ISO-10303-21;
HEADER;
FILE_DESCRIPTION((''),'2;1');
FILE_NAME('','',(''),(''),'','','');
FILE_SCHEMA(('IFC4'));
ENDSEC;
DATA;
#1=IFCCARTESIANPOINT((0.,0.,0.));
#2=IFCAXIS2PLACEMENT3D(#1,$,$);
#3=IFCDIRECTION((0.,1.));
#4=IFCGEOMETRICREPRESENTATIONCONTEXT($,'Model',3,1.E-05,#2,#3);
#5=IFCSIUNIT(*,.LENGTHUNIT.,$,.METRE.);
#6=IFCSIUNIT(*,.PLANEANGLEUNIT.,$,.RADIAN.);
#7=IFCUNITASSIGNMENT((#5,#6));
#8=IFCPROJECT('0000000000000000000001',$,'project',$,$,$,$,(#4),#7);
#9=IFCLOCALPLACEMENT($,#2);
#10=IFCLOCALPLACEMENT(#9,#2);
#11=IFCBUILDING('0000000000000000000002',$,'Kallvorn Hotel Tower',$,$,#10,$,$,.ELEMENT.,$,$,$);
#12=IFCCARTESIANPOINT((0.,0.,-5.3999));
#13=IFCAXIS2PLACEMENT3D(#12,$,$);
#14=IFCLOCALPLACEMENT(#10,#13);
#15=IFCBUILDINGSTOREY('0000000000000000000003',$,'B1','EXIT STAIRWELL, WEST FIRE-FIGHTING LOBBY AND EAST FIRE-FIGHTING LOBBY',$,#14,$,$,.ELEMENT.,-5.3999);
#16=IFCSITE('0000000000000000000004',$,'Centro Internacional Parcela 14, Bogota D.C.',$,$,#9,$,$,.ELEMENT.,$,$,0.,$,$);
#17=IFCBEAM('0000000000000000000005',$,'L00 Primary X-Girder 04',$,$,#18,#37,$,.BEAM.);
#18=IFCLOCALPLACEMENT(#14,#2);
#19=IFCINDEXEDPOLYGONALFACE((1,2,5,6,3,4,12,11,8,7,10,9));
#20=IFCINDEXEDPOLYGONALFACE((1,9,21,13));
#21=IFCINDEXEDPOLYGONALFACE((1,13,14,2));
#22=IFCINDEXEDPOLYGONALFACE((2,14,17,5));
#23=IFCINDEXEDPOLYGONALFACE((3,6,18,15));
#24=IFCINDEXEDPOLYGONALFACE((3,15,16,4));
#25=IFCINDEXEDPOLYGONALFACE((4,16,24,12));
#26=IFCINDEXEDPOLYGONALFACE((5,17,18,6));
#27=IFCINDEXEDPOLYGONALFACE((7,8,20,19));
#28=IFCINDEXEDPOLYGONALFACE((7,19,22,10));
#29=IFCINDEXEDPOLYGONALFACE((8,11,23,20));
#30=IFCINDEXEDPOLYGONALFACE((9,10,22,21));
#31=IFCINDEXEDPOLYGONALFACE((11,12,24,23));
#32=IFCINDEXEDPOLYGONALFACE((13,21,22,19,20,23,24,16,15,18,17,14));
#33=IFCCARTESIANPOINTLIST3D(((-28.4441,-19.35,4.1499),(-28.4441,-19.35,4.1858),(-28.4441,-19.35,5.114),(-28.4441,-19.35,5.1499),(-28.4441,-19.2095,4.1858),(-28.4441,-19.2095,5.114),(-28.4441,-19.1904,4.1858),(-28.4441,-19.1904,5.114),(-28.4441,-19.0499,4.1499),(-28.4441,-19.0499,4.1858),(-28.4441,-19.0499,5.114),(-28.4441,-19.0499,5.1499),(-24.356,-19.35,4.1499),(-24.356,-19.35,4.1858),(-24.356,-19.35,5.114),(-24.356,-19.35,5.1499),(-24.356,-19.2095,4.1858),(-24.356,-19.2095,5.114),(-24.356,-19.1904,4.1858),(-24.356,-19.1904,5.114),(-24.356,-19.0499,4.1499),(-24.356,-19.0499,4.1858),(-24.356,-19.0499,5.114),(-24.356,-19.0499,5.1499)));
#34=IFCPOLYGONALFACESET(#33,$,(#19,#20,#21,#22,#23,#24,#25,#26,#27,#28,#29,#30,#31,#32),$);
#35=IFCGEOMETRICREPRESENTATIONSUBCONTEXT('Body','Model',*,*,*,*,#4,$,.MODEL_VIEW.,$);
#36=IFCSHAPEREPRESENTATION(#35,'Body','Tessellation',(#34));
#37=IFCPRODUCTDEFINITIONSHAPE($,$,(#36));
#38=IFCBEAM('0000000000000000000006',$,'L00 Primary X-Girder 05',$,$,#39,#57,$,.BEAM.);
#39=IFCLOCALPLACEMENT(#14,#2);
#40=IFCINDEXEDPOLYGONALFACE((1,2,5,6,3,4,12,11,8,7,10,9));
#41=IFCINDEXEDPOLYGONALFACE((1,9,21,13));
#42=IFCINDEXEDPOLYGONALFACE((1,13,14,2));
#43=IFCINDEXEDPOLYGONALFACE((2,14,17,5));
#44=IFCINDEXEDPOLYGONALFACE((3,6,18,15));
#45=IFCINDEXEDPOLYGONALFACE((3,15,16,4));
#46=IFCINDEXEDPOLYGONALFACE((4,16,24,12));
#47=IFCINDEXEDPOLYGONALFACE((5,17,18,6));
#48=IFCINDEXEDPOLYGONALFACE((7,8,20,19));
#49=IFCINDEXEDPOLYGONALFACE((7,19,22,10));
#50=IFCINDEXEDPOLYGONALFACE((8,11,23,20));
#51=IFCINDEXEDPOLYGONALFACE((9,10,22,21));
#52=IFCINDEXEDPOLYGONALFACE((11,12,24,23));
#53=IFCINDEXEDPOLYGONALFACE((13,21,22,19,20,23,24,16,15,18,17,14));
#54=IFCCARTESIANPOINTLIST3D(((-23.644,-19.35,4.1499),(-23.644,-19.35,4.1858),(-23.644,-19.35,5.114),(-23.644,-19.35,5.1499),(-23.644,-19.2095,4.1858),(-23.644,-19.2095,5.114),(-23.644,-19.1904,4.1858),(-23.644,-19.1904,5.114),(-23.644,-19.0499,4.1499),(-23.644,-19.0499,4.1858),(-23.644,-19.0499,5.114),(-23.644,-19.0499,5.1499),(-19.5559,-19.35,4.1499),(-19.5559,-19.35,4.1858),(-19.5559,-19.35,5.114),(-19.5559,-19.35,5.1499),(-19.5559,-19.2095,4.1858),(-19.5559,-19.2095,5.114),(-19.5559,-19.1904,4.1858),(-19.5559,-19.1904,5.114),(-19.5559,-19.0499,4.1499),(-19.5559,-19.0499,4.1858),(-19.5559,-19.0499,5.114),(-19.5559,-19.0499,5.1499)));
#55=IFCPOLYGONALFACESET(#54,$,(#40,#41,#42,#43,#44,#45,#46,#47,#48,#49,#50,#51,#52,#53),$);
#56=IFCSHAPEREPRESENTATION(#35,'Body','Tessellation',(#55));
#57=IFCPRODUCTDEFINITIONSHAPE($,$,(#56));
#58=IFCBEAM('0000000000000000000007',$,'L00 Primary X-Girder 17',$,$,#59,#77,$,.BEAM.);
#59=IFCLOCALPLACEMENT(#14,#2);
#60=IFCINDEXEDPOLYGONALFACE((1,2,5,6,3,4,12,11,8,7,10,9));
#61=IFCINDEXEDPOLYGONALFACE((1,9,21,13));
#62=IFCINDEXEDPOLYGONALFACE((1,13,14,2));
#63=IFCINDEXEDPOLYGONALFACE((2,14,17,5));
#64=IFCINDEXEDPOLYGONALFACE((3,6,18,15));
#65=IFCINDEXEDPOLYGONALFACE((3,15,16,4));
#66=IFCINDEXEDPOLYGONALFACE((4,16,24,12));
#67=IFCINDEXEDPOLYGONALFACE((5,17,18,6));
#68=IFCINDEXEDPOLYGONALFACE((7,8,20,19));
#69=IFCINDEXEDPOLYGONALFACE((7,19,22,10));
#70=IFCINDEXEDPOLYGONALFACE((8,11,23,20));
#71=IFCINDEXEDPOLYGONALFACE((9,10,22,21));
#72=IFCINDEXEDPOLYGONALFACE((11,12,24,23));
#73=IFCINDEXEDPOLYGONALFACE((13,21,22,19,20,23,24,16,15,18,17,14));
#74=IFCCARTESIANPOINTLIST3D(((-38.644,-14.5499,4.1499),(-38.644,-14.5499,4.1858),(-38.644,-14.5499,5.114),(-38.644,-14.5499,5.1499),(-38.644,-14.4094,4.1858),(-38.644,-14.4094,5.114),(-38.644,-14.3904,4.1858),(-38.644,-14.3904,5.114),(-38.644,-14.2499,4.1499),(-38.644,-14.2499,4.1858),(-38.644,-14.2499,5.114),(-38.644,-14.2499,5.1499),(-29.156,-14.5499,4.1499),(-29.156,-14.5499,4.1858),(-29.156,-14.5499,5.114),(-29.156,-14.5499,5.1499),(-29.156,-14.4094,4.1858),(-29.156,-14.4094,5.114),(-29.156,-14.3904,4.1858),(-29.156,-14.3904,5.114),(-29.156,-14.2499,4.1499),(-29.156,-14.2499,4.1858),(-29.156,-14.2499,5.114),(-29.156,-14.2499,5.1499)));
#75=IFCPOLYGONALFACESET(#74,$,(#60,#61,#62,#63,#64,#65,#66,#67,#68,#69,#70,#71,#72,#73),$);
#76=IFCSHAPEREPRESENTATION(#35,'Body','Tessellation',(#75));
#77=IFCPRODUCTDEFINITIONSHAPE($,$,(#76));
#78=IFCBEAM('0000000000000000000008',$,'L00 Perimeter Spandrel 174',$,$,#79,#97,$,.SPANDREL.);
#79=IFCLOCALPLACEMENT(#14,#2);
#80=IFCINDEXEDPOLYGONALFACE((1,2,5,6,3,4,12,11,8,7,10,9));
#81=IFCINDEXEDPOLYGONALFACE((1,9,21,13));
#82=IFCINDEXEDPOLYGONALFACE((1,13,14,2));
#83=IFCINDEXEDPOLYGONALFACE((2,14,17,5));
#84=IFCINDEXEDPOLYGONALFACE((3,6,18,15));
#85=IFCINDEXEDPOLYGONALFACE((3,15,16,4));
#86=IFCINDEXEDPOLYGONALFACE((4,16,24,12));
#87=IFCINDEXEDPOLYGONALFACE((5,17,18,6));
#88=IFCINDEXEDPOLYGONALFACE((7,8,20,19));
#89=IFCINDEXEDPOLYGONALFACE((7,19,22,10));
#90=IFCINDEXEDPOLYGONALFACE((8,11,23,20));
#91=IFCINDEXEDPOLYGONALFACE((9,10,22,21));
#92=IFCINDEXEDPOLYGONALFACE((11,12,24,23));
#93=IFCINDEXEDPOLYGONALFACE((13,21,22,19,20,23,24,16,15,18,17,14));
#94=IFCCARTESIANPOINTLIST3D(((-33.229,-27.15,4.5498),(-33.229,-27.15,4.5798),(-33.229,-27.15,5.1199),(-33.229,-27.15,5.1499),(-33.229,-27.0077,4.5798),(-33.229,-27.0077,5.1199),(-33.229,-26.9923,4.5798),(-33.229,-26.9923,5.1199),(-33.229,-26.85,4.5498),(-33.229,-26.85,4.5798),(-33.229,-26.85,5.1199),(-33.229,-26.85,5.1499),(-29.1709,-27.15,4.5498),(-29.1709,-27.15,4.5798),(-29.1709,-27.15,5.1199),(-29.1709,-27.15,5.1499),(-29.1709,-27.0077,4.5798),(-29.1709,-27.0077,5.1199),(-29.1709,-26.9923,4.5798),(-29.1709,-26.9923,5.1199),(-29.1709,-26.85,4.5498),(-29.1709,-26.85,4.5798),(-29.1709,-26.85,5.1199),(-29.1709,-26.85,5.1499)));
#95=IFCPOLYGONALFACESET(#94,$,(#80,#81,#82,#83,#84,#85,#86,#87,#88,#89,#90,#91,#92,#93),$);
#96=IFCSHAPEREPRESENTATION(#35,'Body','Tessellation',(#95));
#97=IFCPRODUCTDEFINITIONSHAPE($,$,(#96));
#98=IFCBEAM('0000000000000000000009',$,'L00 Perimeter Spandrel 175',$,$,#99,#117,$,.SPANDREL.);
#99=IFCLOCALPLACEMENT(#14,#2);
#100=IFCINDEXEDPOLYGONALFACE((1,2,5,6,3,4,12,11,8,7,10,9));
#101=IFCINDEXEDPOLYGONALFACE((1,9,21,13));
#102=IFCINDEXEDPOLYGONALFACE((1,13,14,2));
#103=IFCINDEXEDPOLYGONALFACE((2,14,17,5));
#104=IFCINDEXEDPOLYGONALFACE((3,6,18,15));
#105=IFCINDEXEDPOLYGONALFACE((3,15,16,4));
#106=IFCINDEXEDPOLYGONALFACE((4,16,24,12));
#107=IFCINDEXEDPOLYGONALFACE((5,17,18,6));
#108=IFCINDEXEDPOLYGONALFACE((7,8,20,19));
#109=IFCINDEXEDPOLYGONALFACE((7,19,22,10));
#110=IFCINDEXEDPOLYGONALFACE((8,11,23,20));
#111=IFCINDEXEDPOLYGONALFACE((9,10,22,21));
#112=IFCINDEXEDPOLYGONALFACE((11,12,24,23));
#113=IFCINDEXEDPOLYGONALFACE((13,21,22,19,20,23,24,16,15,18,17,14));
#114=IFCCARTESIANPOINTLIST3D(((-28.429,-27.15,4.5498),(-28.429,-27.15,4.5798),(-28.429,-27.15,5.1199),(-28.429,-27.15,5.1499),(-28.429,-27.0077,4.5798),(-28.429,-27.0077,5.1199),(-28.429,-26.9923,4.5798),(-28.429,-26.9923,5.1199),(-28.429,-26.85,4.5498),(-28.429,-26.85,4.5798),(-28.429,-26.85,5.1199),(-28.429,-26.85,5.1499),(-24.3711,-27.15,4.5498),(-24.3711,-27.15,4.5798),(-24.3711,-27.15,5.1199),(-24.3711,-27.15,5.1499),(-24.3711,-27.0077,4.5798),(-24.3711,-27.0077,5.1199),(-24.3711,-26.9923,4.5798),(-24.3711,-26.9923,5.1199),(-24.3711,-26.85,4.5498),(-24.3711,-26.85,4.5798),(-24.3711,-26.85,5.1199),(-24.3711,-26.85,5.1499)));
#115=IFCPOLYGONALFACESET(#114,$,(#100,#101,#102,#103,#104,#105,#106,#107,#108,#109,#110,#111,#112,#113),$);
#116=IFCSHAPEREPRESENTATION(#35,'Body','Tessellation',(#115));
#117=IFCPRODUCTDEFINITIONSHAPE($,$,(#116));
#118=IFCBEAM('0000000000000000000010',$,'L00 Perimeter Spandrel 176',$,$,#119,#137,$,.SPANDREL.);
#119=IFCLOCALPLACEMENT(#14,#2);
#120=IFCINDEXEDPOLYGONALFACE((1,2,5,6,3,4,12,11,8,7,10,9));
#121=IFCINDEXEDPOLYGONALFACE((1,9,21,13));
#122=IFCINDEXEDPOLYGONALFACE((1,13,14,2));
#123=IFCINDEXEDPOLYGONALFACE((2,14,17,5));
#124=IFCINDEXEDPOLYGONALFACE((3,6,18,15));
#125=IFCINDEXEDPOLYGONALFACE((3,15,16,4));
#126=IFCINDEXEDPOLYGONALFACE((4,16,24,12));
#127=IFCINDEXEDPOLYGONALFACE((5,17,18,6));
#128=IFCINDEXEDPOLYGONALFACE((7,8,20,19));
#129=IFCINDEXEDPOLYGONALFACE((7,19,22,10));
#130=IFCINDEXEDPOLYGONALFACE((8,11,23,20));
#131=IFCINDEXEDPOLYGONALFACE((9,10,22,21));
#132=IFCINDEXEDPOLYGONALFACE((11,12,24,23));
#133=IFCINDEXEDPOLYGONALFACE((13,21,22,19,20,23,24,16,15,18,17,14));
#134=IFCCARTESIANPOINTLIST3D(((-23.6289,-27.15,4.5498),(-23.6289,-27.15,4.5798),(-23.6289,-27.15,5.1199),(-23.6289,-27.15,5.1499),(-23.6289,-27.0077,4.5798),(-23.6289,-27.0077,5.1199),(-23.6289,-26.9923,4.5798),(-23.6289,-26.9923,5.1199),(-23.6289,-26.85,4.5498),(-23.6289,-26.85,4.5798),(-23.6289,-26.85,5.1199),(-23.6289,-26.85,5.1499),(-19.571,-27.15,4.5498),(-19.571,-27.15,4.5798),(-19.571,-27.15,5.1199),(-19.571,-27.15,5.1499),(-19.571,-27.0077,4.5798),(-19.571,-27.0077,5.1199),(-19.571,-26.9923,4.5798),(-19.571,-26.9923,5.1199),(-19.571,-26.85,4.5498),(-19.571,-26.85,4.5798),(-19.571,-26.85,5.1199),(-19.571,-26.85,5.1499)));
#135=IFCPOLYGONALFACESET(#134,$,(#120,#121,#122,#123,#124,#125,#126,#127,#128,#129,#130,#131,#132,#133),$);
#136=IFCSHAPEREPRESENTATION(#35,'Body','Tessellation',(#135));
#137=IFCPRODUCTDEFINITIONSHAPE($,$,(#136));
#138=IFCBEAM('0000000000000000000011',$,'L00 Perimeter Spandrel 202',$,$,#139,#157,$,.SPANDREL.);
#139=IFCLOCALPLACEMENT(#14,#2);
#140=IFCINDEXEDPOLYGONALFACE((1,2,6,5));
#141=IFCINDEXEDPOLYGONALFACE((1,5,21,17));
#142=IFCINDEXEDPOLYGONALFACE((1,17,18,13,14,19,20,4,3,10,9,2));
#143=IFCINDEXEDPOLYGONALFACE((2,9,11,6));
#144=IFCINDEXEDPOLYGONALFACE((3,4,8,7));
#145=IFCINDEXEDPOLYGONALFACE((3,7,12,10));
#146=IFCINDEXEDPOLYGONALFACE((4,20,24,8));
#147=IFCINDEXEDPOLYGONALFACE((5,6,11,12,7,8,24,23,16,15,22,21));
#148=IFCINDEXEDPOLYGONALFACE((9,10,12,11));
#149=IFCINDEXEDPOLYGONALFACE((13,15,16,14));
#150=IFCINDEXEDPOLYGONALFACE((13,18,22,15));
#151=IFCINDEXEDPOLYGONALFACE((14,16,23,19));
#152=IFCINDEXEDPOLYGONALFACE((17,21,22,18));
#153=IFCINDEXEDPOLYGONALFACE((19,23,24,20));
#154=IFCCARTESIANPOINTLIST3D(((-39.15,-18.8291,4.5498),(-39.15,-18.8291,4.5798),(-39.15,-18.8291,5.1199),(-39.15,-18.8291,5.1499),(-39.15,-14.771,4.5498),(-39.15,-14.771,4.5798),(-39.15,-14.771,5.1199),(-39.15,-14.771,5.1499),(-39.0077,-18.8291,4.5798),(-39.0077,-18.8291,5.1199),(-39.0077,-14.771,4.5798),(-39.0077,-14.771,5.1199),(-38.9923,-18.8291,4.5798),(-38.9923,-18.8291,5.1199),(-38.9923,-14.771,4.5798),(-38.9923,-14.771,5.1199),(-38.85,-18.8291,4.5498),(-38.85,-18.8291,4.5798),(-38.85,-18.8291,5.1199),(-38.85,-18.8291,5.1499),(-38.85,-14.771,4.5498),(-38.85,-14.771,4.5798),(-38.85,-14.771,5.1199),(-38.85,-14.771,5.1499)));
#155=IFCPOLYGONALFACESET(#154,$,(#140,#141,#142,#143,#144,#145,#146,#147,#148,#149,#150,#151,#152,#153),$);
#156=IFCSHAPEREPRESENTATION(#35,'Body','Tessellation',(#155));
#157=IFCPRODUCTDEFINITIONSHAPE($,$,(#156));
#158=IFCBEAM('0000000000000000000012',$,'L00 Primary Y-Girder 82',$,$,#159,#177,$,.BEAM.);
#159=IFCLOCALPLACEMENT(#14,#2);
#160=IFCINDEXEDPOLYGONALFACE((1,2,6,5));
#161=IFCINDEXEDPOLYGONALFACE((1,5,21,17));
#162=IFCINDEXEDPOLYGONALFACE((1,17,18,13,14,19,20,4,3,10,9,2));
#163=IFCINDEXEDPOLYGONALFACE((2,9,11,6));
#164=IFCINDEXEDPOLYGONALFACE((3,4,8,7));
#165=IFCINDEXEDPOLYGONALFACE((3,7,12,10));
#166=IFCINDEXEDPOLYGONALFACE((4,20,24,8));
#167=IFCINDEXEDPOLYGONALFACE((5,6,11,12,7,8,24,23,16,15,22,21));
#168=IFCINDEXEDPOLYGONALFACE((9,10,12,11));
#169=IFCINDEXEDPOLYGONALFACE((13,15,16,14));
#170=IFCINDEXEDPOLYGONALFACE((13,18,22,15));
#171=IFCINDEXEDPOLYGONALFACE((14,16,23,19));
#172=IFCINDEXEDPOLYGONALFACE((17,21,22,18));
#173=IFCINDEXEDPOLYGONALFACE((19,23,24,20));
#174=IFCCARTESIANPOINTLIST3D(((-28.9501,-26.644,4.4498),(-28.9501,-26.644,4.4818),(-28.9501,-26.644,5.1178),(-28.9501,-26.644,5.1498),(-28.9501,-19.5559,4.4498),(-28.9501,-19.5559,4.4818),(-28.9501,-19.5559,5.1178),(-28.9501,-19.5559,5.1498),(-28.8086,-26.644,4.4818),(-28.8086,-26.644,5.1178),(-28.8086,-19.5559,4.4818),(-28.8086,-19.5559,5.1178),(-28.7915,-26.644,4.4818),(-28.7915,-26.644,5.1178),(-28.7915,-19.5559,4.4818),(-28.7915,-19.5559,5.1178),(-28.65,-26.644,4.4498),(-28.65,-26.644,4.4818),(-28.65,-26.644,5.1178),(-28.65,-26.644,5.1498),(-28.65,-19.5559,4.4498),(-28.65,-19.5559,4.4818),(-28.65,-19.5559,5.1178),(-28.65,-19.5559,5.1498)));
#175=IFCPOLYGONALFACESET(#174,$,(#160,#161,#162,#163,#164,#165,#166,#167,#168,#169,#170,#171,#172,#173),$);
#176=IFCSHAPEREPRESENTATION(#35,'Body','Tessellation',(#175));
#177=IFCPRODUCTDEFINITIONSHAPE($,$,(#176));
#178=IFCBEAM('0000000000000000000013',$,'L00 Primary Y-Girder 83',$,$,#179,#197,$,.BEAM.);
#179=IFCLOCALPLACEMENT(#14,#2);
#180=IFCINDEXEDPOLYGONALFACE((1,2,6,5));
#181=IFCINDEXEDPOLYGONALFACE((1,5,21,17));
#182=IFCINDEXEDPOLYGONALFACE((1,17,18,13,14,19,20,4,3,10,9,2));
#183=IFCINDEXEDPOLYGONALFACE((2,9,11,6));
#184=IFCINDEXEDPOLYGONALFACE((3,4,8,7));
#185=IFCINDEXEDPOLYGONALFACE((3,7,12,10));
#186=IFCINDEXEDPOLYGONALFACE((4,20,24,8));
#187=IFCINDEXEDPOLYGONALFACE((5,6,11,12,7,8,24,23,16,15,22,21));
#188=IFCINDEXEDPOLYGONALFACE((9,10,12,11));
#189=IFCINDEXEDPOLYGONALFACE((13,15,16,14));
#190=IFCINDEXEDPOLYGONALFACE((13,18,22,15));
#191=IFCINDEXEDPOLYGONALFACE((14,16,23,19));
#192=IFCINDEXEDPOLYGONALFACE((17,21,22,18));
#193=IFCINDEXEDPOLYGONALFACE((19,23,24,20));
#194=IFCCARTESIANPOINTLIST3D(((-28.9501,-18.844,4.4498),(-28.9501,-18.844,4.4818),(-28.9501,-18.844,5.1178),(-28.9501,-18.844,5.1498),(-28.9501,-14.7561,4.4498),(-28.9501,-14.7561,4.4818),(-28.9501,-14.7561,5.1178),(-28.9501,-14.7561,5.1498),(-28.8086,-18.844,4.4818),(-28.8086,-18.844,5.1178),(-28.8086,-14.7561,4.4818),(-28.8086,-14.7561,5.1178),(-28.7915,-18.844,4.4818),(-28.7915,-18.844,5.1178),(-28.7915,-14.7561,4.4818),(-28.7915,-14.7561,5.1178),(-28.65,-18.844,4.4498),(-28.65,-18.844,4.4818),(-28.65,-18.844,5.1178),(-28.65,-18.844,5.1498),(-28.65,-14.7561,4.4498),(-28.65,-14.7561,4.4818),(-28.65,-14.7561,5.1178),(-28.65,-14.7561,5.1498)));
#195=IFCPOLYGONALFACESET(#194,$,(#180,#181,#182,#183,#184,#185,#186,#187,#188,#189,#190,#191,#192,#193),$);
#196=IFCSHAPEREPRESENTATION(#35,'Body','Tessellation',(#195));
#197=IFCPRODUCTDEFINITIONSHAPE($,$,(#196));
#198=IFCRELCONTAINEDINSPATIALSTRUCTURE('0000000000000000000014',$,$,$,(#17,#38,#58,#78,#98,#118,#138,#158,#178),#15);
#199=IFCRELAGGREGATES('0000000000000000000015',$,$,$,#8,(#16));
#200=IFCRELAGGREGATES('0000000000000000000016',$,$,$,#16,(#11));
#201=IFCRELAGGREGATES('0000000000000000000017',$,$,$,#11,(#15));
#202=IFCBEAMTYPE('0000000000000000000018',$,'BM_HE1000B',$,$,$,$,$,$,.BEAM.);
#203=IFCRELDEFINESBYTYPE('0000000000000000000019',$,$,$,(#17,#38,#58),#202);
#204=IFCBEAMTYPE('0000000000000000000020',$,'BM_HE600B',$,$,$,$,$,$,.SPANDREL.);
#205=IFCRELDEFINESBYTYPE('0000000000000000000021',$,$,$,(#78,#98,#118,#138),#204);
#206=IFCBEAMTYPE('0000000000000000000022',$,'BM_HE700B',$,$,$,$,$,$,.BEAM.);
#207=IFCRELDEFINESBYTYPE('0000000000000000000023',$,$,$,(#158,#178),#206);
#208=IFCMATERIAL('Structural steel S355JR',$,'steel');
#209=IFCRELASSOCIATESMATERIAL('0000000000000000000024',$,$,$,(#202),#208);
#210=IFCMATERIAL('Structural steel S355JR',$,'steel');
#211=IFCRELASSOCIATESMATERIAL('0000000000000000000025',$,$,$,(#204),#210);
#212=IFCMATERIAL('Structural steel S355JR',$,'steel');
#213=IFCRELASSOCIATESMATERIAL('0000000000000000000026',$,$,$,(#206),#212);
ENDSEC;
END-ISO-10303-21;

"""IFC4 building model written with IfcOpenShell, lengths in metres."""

from ifc_helpers import new_model, si_unit, direction, frame, origin, origin_2d, place, context, subcontext, project, spatial, i_section, extrude, material, material_profile, profile_set, type_object, element, save


model = new_model("IFC4")

# Units and contexts
model_context = context("Model", 3, precision=1e-05, world=origin(), true_north=direction((0.0, 1.0)))
body_context = subcontext(model_context, "Body", "Model", "MODEL_VIEW")
ifc_project = project(units=[si_unit("LENGTHUNIT", "METRE"), si_unit("PLANEANGLEUNIT", "RADIAN")], contexts=[model_context])

# Site, building, storey
site_placement = place(None, origin())
site = spatial("IfcSite", under=ifc_project, at=site_placement, Name="Centro Internacional Parcela 14, Bogota D.C.", CompositionType="ELEMENT", RefElevation=0.0)
building_placement = place(site_placement, origin())
building = spatial("IfcBuilding", under=site, at=building_placement, Name="Kallvorn Hotel Tower", CompositionType="ELEMENT")
storey_placement = place(building_placement, frame((0.0, 0.0, -5.3999)))
storey = spatial("IfcBuildingStorey", under=building, at=storey_placement, Name="B1", Description="EXIT STAIRWELL, WEST FIRE-FIGHTING LOBBY AND EAST FIRE-FIGHTING LOBBY", CompositionType="ELEMENT", Elevation=-5.3999)

# Beams
ifc_material_1 = material(Name="Structural steel S355JR", Category="steel")
ifc_material_profile_1 = material_profile(ifc_material_1, i_section(OverallWidth=0.3, OverallDepth=1.0, WebThickness=0.019, FlangeThickness=0.0359, at=origin_2d()), Name="HE 1000 B")
ifc_profile_set_1 = profile_set([ifc_material_profile_1], Name="Structural steel S355JR")
beam_type_1 = type_object("IfcBeamType", Name="BM_HE1000B", PredefinedType="BEAM", material=ifc_profile_set_1)
for number, where, z_axis, x_axis, name in (
    (1, (-28.4441, -19.2, 4.6499), (1.0, 0.0, 0.0), (0.0, 1.0, 0.0), "L00 Primary X-Girder 04"),
    (2, (-23.644, -19.2, 4.6499), (1.0, 0.0, 0.0), (0.0, 1.0, 0.0), "L00 Primary X-Girder 05"),
):
    element("IfcBeam", number, at=place(storey_placement, frame(where, z_axis=z_axis, x_axis=x_axis)), inside=storey, type_object=beam_type_1, Name=name, PredefinedType="BEAM", context=body_context, shape_type="SweptSolid", body=[
        extrude(i_section(OverallWidth=0.3, OverallDepth=1.0, WebThickness=0.019, FlangeThickness=0.0359, at=origin_2d()), origin(), (0.0, 0.0, 1.0), 4.0881),
    ])
beam_1_placement = place(storey_placement, frame((-38.644, -14.3999, 4.6499), z_axis=(1.0, 0.0, 0.0), x_axis=(0.0, 1.0, 0.0)))
element("IfcBeam", 3, at=beam_1_placement, inside=storey, type_object=beam_type_1, Name="L00 Primary X-Girder 17", PredefinedType="BEAM", context=body_context, shape_type="SweptSolid", body=[
    extrude(i_section(OverallWidth=0.3, OverallDepth=1.0, WebThickness=0.019, FlangeThickness=0.0359, at=origin_2d()), origin(), (0.0, 0.0, 1.0), 9.488),
])
ifc_material_2 = material(Name="Structural steel S355JR", Category="steel")
ifc_material_profile_2 = material_profile(ifc_material_2, i_section(OverallWidth=0.3, OverallDepth=0.6001, WebThickness=0.0154, FlangeThickness=0.03, at=origin_2d()), Name="HE 600 B")
ifc_profile_set_2 = profile_set([ifc_material_profile_2], Name="Structural steel S355JR")
beam_type_2 = type_object("IfcBeamType", Name="BM_HE600B", PredefinedType="SPANDREL", material=ifc_profile_set_2)
beam_2_placement = place(storey_placement, frame((-33.229, -27.0, 4.8499), z_axis=(1.0, 0.0, 0.0), x_axis=(0.0, 1.0, 0.0)))
element("IfcBeam", 4, at=beam_2_placement, inside=storey, type_object=beam_type_2, Name="L00 Perimeter Spandrel 174", PredefinedType="SPANDREL", context=body_context, shape_type="SweptSolid", body=[
    extrude(i_section(OverallWidth=0.3, OverallDepth=0.6001, WebThickness=0.0154, FlangeThickness=0.03, at=origin_2d()), origin(), (0.0, 0.0, 1.0), 4.0581),
])
for number, where, z_axis, x_axis, name in (
    (5, (-28.429, -27.0, 4.8499), (1.0, 0.0, 0.0), (0.0, 1.0, 0.0), "L00 Perimeter Spandrel 175"),
    (6, (-23.6289, -27.0, 4.8499), (1.0, 0.0, 0.0), (0.0, 1.0, 0.0), "L00 Perimeter Spandrel 176"),
):
    element("IfcBeam", number, at=place(storey_placement, frame(where, z_axis=z_axis, x_axis=x_axis)), inside=storey, type_object=beam_type_2, Name=name, PredefinedType="SPANDREL", context=body_context, shape_type="SweptSolid", body=[
        extrude(i_section(OverallWidth=0.3, OverallDepth=0.6001, WebThickness=0.0154, FlangeThickness=0.03, at=origin_2d()), origin(), (0.0, 0.0, 1.0), 4.0579),
    ])
beam_3_placement = place(storey_placement, frame((-39.0, -18.8291, 4.8499), z_axis=(0.0, 1.0, 0.0), x_axis=(-1.0, 0.0, 0.0)))
element("IfcBeam", 7, at=beam_3_placement, inside=storey, type_object=beam_type_2, Name="L00 Perimeter Spandrel 202", PredefinedType="SPANDREL", context=body_context, shape_type="SweptSolid", body=[
    extrude(i_section(OverallWidth=0.3, OverallDepth=0.6001, WebThickness=0.0154, FlangeThickness=0.03, at=origin_2d()), origin(), (0.0, 0.0, 1.0), 4.0581),
])
ifc_material_3 = material(Name="Structural steel S355JR", Category="steel")
ifc_material_profile_3 = material_profile(ifc_material_3, i_section(OverallWidth=0.3, OverallDepth=0.7, WebThickness=0.0171, FlangeThickness=0.032, at=origin_2d()), Name="HE 700 B")
ifc_profile_set_3 = profile_set([ifc_material_profile_3], Name="Structural steel S355JR")
beam_type_3 = type_object("IfcBeamType", Name="BM_HE700B", PredefinedType="BEAM", material=ifc_profile_set_3)
beam_4_placement = place(storey_placement, frame((-28.8, -26.644, 4.7998), z_axis=(0.0, 1.0, 0.0), x_axis=(-1.0, 0.0, 0.0)))
element("IfcBeam", 8, at=beam_4_placement, inside=storey, type_object=beam_type_3, Name="L00 Primary Y-Girder 82", PredefinedType="BEAM", context=body_context, shape_type="SweptSolid", body=[
    extrude(i_section(OverallWidth=0.3, OverallDepth=0.7, WebThickness=0.0171, FlangeThickness=0.032, at=origin_2d()), origin(), (0.0, 0.0, 1.0), 7.0881),
])
beam_5_placement = place(storey_placement, frame((-28.8, -18.844, 4.7998), z_axis=(0.0, 1.0, 0.0), x_axis=(-1.0, 0.0, 0.0)))
element("IfcBeam", 9, at=beam_5_placement, inside=storey, type_object=beam_type_3, Name="L00 Primary Y-Girder 83", PredefinedType="BEAM", context=body_context, shape_type="SweptSolid", body=[
    extrude(i_section(OverallWidth=0.3, OverallDepth=0.7, WebThickness=0.0171, FlangeThickness=0.032, at=origin_2d()), origin(), (0.0, 0.0, 1.0), 4.0879),
])

save(model, "model.ifc")
